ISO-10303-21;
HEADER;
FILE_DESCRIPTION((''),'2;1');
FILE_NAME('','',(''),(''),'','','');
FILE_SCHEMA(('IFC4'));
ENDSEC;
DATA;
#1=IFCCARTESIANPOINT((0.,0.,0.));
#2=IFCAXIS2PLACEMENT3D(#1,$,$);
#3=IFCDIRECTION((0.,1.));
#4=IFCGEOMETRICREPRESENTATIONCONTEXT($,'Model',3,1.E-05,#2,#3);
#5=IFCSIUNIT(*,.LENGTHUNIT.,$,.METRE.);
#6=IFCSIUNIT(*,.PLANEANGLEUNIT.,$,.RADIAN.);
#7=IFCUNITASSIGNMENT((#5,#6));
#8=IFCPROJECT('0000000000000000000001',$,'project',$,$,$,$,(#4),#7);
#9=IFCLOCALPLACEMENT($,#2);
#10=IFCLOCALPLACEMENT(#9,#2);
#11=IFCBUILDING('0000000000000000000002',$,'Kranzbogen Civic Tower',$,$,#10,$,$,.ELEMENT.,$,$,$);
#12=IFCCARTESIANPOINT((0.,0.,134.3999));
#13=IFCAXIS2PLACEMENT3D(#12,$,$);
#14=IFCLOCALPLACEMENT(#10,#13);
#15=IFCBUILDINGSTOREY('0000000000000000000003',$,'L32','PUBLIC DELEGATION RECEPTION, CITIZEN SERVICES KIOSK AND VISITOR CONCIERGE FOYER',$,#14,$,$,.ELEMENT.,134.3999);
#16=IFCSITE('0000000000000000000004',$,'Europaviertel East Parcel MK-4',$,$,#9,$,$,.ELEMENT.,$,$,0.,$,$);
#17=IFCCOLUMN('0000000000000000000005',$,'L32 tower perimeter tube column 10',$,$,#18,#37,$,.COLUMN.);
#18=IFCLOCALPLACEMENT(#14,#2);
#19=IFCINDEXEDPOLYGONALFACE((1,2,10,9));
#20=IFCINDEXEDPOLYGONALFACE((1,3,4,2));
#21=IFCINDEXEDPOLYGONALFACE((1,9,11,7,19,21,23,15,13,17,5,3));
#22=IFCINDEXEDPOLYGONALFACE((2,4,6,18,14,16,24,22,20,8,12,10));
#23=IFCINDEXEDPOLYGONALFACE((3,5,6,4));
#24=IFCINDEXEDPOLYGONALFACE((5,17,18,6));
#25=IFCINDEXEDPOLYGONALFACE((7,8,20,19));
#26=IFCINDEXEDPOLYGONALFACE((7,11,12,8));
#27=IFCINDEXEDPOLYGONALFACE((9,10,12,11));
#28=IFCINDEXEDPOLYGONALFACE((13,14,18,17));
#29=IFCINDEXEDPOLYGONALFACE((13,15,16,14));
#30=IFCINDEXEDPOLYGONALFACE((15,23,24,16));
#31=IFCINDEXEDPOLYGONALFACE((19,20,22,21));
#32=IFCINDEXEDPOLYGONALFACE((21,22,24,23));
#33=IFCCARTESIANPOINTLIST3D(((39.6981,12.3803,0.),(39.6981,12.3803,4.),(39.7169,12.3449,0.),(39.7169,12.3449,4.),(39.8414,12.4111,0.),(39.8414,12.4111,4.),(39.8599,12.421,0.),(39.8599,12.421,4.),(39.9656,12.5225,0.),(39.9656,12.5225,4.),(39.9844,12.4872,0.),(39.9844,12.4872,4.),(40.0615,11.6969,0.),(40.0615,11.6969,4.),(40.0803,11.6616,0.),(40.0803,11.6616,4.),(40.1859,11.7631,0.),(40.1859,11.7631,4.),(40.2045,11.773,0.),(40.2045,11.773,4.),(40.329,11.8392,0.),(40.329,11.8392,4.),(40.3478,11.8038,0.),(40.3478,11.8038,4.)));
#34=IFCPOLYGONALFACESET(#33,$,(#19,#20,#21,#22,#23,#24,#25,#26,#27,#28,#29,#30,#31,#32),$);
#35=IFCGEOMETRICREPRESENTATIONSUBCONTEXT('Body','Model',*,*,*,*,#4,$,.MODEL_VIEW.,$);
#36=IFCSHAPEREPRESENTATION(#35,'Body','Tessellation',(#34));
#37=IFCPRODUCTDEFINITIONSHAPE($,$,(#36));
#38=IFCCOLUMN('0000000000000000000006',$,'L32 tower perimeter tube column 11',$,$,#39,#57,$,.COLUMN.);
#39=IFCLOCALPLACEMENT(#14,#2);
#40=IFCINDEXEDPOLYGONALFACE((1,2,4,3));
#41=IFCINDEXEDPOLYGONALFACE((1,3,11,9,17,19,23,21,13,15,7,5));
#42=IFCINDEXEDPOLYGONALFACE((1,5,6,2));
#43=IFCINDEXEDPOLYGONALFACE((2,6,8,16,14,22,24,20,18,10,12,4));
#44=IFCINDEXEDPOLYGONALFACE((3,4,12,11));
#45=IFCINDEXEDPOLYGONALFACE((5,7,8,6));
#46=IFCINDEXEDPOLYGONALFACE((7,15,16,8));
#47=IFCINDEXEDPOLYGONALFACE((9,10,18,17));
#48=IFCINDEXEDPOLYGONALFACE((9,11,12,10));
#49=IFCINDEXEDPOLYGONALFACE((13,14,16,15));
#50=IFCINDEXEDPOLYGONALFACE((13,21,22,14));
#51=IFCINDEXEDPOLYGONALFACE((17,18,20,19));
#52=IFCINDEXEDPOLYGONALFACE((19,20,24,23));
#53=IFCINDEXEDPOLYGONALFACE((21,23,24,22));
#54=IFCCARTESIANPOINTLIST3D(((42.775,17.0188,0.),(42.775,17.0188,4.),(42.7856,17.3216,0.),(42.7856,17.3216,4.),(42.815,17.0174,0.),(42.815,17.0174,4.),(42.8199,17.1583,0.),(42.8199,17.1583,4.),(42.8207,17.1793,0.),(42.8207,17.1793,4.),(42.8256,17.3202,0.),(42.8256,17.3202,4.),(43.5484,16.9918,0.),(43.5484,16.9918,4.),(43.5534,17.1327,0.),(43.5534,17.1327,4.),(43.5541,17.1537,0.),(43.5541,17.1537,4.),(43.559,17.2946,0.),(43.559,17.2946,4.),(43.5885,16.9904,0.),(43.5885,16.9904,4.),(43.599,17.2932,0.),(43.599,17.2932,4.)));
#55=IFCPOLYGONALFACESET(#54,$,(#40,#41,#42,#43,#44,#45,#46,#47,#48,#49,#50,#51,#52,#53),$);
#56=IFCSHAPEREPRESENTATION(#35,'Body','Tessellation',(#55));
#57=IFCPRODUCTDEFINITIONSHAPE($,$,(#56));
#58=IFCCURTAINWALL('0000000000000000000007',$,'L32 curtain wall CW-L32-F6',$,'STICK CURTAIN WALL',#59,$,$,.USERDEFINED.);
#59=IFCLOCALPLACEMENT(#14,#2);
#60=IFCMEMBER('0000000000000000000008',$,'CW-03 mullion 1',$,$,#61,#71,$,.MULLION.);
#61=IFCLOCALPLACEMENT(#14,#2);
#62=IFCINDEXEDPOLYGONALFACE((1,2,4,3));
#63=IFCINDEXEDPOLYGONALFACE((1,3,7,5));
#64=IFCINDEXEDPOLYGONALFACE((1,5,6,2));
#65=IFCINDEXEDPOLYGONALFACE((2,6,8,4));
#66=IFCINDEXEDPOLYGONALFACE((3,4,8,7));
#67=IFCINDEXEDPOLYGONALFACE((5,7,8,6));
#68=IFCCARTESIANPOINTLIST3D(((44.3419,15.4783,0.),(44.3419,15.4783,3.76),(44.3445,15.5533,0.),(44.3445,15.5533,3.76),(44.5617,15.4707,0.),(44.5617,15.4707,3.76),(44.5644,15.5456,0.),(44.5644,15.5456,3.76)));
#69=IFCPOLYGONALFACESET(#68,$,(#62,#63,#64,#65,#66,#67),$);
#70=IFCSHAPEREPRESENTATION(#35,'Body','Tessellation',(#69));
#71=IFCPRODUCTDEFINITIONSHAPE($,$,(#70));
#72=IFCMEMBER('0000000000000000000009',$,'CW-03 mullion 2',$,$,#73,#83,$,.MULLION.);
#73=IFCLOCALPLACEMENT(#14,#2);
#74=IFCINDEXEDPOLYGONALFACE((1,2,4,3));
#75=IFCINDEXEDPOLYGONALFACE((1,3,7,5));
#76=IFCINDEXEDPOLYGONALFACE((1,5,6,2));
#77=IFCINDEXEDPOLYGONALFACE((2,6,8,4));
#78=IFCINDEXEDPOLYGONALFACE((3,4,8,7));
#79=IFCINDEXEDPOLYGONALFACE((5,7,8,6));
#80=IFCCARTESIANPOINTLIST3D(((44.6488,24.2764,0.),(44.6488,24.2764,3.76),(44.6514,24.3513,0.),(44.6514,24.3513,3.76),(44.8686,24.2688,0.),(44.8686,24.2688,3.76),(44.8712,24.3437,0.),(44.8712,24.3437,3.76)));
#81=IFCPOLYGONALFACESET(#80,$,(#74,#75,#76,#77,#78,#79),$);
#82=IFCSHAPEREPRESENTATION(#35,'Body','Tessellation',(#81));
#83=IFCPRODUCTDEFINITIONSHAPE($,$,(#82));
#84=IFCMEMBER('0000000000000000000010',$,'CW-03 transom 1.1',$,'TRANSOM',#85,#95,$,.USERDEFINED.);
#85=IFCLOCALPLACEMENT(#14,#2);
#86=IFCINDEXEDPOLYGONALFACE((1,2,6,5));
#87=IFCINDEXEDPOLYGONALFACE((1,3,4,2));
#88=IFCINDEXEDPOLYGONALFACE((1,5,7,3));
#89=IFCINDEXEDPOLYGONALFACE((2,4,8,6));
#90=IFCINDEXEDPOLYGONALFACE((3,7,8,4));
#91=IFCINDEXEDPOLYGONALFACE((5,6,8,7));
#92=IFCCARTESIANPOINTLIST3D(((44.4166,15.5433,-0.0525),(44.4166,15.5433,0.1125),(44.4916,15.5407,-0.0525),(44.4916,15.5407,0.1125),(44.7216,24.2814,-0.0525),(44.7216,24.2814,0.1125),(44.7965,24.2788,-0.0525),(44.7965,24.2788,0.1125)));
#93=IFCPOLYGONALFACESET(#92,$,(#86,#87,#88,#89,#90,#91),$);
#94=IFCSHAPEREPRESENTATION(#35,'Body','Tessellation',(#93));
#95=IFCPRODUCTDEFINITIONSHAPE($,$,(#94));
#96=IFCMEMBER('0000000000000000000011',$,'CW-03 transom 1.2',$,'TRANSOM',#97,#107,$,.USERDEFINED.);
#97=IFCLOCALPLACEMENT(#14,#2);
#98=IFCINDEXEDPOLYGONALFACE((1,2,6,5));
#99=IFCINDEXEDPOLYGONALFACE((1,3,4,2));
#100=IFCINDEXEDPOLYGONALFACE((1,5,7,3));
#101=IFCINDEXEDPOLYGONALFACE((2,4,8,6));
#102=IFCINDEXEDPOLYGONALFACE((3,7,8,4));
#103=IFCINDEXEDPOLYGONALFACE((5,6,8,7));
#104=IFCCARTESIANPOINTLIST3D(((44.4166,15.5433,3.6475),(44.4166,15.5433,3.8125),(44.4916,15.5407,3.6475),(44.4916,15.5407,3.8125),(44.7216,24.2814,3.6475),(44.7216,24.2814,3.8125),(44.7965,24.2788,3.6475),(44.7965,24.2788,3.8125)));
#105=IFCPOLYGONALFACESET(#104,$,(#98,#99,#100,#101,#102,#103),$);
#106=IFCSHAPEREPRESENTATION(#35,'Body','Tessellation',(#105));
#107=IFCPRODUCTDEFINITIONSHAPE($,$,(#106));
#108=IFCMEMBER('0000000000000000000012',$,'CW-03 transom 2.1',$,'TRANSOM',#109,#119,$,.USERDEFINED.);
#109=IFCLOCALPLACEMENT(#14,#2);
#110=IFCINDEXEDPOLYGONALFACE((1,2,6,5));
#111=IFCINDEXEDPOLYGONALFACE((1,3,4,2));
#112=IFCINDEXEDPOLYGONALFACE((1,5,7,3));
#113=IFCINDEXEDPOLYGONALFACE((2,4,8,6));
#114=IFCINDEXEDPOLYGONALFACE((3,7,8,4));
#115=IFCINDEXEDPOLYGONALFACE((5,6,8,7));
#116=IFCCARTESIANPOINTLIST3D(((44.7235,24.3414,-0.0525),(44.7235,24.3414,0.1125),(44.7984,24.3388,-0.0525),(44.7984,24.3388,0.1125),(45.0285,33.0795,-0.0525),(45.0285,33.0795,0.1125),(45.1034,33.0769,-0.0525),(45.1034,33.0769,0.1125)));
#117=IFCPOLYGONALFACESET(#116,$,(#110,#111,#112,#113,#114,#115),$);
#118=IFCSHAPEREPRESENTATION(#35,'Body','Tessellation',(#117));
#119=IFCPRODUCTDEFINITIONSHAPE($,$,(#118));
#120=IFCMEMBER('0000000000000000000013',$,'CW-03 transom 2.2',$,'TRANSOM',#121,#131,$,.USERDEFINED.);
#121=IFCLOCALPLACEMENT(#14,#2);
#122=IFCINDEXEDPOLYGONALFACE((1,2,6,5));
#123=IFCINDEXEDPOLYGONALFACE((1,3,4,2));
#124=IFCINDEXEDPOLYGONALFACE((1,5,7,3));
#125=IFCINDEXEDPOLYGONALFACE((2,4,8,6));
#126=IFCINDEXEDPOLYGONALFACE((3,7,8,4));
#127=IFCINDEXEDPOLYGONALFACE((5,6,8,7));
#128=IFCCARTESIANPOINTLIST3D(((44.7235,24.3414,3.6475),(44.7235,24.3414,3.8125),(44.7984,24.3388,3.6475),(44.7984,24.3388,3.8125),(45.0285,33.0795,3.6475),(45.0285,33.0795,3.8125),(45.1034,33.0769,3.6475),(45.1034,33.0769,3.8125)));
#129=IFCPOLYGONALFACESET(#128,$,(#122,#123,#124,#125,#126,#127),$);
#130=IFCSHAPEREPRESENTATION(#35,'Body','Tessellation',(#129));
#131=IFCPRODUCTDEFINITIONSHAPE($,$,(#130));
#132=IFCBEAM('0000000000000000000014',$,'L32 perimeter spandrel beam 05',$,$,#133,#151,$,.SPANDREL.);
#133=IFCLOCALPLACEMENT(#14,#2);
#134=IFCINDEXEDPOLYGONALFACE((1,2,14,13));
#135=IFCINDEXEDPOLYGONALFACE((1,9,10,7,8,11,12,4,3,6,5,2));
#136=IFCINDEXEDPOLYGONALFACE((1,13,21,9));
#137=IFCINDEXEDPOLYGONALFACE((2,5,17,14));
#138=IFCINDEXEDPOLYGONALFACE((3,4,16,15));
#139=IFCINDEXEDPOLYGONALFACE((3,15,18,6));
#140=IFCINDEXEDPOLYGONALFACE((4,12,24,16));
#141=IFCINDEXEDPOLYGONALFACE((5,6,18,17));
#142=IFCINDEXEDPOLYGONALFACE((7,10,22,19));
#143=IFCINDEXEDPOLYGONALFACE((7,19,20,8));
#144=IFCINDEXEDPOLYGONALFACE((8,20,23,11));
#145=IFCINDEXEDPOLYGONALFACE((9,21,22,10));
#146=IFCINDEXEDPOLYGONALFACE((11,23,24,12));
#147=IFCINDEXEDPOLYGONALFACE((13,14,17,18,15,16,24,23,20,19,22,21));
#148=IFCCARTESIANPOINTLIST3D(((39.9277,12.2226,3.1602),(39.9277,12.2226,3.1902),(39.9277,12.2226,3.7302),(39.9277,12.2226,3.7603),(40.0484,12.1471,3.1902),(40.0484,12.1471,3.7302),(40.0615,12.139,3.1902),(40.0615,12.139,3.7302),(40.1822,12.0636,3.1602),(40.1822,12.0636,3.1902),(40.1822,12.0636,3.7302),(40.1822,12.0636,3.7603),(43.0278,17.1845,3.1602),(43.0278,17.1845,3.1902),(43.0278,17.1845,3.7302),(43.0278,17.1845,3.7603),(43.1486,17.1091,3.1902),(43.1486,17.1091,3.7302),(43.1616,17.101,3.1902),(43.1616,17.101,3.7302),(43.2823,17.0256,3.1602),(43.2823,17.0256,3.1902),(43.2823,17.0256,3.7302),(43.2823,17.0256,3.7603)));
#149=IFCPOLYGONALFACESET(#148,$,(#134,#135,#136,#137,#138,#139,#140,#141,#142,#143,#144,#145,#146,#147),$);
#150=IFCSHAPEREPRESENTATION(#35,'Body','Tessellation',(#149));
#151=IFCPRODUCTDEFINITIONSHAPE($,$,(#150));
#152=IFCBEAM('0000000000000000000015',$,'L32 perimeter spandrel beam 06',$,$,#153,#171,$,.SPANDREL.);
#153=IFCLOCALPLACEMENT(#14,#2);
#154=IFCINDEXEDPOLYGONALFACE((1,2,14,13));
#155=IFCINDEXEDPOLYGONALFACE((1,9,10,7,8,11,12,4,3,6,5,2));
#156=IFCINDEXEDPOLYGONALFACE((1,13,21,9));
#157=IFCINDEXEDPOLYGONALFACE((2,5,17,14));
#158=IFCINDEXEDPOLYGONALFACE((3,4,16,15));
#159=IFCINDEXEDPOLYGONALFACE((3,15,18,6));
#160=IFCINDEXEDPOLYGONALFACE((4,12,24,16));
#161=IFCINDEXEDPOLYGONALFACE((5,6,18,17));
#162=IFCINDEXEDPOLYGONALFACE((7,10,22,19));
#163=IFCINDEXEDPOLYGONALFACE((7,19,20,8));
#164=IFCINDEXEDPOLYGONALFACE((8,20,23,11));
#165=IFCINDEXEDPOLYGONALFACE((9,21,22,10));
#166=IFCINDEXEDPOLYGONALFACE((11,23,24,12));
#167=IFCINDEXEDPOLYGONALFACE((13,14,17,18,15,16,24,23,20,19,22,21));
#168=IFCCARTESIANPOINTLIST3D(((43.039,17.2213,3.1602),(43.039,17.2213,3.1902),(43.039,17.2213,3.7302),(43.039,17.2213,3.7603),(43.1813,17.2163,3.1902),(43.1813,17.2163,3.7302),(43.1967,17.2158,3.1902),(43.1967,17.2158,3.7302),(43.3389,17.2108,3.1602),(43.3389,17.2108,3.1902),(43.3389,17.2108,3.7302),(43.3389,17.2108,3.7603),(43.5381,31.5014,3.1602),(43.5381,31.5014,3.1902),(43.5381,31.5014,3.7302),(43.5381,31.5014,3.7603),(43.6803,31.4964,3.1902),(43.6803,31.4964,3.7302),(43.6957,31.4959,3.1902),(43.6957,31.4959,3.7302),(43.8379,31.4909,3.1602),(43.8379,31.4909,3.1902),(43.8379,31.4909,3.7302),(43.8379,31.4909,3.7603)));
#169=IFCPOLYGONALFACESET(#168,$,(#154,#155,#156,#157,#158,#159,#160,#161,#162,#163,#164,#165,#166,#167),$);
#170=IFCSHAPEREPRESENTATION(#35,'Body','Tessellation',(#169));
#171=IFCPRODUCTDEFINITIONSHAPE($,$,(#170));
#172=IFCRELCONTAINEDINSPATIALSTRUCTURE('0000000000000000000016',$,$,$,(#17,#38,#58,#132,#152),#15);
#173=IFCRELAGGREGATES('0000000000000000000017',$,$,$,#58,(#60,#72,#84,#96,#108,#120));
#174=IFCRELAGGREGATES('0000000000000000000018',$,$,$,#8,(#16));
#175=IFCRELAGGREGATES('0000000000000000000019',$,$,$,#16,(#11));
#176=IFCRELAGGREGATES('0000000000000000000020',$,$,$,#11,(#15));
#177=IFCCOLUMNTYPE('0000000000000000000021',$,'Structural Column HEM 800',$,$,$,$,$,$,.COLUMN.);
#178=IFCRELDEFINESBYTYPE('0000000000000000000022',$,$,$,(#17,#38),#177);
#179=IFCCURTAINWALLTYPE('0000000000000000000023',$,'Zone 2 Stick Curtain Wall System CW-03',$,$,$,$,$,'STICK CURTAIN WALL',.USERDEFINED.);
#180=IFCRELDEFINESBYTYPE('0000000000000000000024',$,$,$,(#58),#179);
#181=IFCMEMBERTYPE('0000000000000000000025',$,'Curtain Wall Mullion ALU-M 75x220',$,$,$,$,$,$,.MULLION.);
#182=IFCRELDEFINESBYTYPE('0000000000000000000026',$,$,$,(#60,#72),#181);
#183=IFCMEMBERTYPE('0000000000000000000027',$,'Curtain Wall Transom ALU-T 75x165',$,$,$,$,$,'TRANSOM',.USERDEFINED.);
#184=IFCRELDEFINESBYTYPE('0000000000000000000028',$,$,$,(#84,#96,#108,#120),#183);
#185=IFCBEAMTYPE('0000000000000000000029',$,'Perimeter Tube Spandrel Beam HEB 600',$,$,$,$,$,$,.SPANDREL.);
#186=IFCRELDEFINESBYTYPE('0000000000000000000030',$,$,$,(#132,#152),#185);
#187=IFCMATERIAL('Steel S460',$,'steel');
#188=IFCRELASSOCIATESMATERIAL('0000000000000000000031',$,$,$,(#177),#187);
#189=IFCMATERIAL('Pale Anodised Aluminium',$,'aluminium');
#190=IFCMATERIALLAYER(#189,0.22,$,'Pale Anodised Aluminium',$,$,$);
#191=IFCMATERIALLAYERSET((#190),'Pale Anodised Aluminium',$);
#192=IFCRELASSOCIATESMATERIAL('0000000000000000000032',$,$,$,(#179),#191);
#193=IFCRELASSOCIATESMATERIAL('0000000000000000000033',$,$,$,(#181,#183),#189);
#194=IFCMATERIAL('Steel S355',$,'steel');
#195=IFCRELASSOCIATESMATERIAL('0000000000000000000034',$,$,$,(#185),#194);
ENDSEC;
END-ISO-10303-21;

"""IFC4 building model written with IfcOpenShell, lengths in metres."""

from ifc_helpers import new_model, si_unit, direction, frame, origin, origin_2d, place, context, subcontext, project, spatial, rectangle, i_section, extrude, material, layer, layer_set, material_profile, profile_set, type_object, element, aggregate, save


model = new_model("IFC4")

# Units and contexts
model_context = context("Model", 3, precision=1e-05, world=origin(), true_north=direction((0.0, 1.0)))
body_context = subcontext(model_context, "Body", "Model", "MODEL_VIEW")
ifc_project = project(units=[si_unit("LENGTHUNIT", "METRE"), si_unit("PLANEANGLEUNIT", "RADIAN")], contexts=[model_context])

# Site, building, storey
site_placement = place(None, origin())
site = spatial("IfcSite", under=ifc_project, at=site_placement, Name="Europaviertel East Parcel MK-4", CompositionType="ELEMENT", RefElevation=0.0)
building_placement = place(site_placement, origin())
building = spatial("IfcBuilding", under=site, at=building_placement, Name="Kranzbogen Civic Tower", CompositionType="ELEMENT")
storey_placement = place(building_placement, frame((0.0, 0.0, 134.3999)))
storey = spatial("IfcBuildingStorey", under=building, at=storey_placement, Name="L32", Description="PUBLIC DELEGATION RECEPTION, CITIZEN SERVICES KIOSK AND VISITOR CONCIERGE FOYER", CompositionType="ELEMENT", Elevation=134.3999)

# Columns
ifc_material_1 = material(Name="Steel S460", Category="steel")
ifc_material_profile_1 = material_profile(ifc_material_1, i_section(OverallWidth=0.303, OverallDepth=0.814, WebThickness=0.021, FlangeThickness=0.04, at=origin_2d()), Name="HEM 800")
ifc_profile_set_1 = profile_set([ifc_material_profile_1], Name="Steel S460")
column_type = type_object("IfcColumnType", Name="Structural Column HEM 800", PredefinedType="COLUMN", material=ifc_profile_set_1)
for number, where, z_axis, x_axis, name in (
    (1, (40.0229, 12.092, 0.0), (0.0, 0.0, 1.0), (0.882948, 0.469472, 0.0), "L32 tower perimeter tube column 10"),
    (2, (43.187, 17.156, 0.0), (0.0, 0.0, 1.0), (0.034899, 0.999391, 0.0), "L32 tower perimeter tube column 11"),
):
    element("IfcColumn", number, at=place(storey_placement, frame(where, z_axis=z_axis, x_axis=x_axis)), inside=storey, type_object=column_type, Name=name, PredefinedType="COLUMN", context=body_context, shape_type="SweptSolid", body=[
        extrude(i_section(OverallWidth=0.303, OverallDepth=0.814, WebThickness=0.021, FlangeThickness=0.04, at=origin_2d()), origin(), (0.0, 0.0, 1.0), 4.0),
    ])

# Curtain wall, members
ifc_material_2 = material(Name="Pale Anodised Aluminium", Category="aluminium")
ifc_layer_1 = layer(ifc_material_2, 0.22, Name="Pale Anodised Aluminium")
ifc_layer_set_1 = layer_set([ifc_layer_1], Name="Pale Anodised Aluminium")
curtain_wall_type = type_object("IfcCurtainWallType", Name="Zone 2 Stick Curtain Wall System CW-03", ElementType="STICK CURTAIN WALL", PredefinedType="USERDEFINED", material=ifc_layer_set_1)
curtain_wall_placement = place(storey_placement, origin())
curtain_wall = element("IfcCurtainWall", 3, at=curtain_wall_placement, inside=storey, type_object=curtain_wall_type, Name="L32 curtain wall CW-L32-F6", ObjectType="STICK CURTAIN WALL", PredefinedType="USERDEFINED")
ifc_material_profile_2 = material_profile(ifc_material_2, rectangle(XDim=0.075, YDim=0.22, at=origin_2d()), Name="ALU-M 75x220")
ifc_profile_set_2 = profile_set([ifc_material_profile_2], Name="Pale Anodised Aluminium")
member_type_1 = type_object("IfcMemberType", Name="Curtain Wall Mullion ALU-M 75x220", PredefinedType="MULLION", material=ifc_profile_set_2)
member_1_placement = place(storey_placement, frame((44.4531, 15.512, 0.0), z_axis=(0.0, 0.0, 1.0), x_axis=(0.034868, 0.999392, 0.0)))
member_1 = element("IfcMember", 4, at=member_1_placement, type_object=member_type_1, Name="CW-03 mullion 1", PredefinedType="MULLION", context=body_context, shape_type="SweptSolid", body=[
    extrude(rectangle(XDim=0.075, YDim=0.22, at=origin_2d()), origin(), (0.0, 0.0, 1.0), 3.76),
])
member_2_placement = place(storey_placement, frame((44.76, 24.3101, 0.0), z_axis=(0.0, 0.0, 1.0), x_axis=(0.034868, 0.999392, 0.0)))
member_2 = element("IfcMember", 5, at=member_2_placement, type_object=member_type_1, Name="CW-03 mullion 2", PredefinedType="MULLION", context=body_context, shape_type="SweptSolid", body=[
    extrude(rectangle(XDim=0.075, YDim=0.22, at=origin_2d()), origin(), (0.0, 0.0, 1.0), 3.76),
])
ifc_material_profile_3 = material_profile(ifc_material_2, rectangle(XDim=0.075, YDim=0.165, at=origin_2d()), Name="ALU-T 75x165")
ifc_profile_set_3 = profile_set([ifc_material_profile_3], Name="Pale Anodised Aluminium")
member_type_2 = type_object("IfcMemberType", Name="Curtain Wall Transom ALU-T 75x165", ElementType="TRANSOM", PredefinedType="USERDEFINED", material=ifc_profile_set_3)
member_3_placement = place(storey_placement, frame((44.4541, 15.542, 0.03), z_axis=(0.034876, 0.999392, 0.0), x_axis=(-0.999392, 0.034876, 0.0)))
member_3 = element("IfcMember", 6, at=member_3_placement, type_object=member_type_2, Name="CW-03 transom 1.1", ObjectType="TRANSOM", PredefinedType="USERDEFINED", context=body_context, shape_type="SweptSolid", body=[
    extrude(rectangle(XDim=0.075, YDim=0.165, at=origin_2d()), origin(), (0.0, 0.0, 1.0), 8.7434),
])
member_4_placement = place(storey_placement, frame((44.4541, 15.542, 3.73), z_axis=(0.034876, 0.999392, 0.0), x_axis=(-0.999392, 0.034876, 0.0)))
member_4 = element("IfcMember", 7, at=member_4_placement, type_object=member_type_2, Name="CW-03 transom 1.2", ObjectType="TRANSOM", PredefinedType="USERDEFINED", context=body_context, shape_type="SweptSolid", body=[
    extrude(rectangle(XDim=0.075, YDim=0.165, at=origin_2d()), origin(), (0.0, 0.0, 1.0), 8.7434),
])
member_5_placement = place(storey_placement, frame((44.761, 24.3401, 0.03), z_axis=(0.034876, 0.999392, 0.0), x_axis=(-0.999392, 0.034876, 0.0)))
member_5 = element("IfcMember", 8, at=member_5_placement, type_object=member_type_2, Name="CW-03 transom 2.1", ObjectType="TRANSOM", PredefinedType="USERDEFINED", context=body_context, shape_type="SweptSolid", body=[
    extrude(rectangle(XDim=0.075, YDim=0.165, at=origin_2d()), origin(), (0.0, 0.0, 1.0), 8.7434),
])
member_6_placement = place(storey_placement, frame((44.761, 24.3401, 3.73), z_axis=(0.034876, 0.999392, 0.0), x_axis=(-0.999392, 0.034876, 0.0)))
member_6 = element("IfcMember", 9, at=member_6_placement, type_object=member_type_2, Name="CW-03 transom 2.2", ObjectType="TRANSOM", PredefinedType="USERDEFINED", context=body_context, shape_type="SweptSolid", body=[
    extrude(rectangle(XDim=0.075, YDim=0.165, at=origin_2d()), origin(), (0.0, 0.0, 1.0), 8.7434),
])

# Beams
ifc_material_3 = material(Name="Steel S355", Category="steel")
ifc_material_profile_4 = material_profile(ifc_material_3, i_section(OverallWidth=0.3, OverallDepth=0.6001, WebThickness=0.0154, FlangeThickness=0.03, at=origin_2d()), Name="HEB 600")
ifc_profile_set_4 = profile_set([ifc_material_profile_4], Name="Steel S355")
beam_type_1 = type_object("IfcBeamType", Name="Perimeter Tube Spandrel Beam HEB 600", PredefinedType="SPANDREL", material=ifc_profile_set_4)
beam_1_placement = place(storey_placement, frame((40.0549, 12.1431, 3.4602), z_axis=(0.529864, 0.848083, 0.0), x_axis=(-0.848083, 0.529864, 0.0)))
element("IfcBeam", 10, at=beam_1_placement, inside=storey, type_object=beam_type_1, Name="L32 perimeter spandrel beam 05", PredefinedType="SPANDREL", context=body_context, shape_type="SweptSolid", body=[
    extrude(i_section(OverallWidth=0.3, OverallDepth=0.6001, WebThickness=0.0154, FlangeThickness=0.03, at=origin_2d()), origin(), (0.0, 0.0, 1.0), 5.8508),
])
beam_2_placement = place(storey_placement, frame((43.189, 17.2161, 3.4602), z_axis=(0.034924, 0.99939, 0.0), x_axis=(-0.99939, 0.034924, 0.0)))
element("IfcBeam", 11, at=beam_2_placement, inside=storey, type_object=beam_type_1, Name="L32 perimeter spandrel beam 06", PredefinedType="SPANDREL", context=body_context, shape_type="SweptSolid", body=[
    extrude(i_section(OverallWidth=0.3, OverallDepth=0.6001, WebThickness=0.0154, FlangeThickness=0.03, at=origin_2d()), origin(), (0.0, 0.0, 1.0), 14.2888),
])

aggregate(curtain_wall, [member_1, member_2, member_3, member_4, member_5, member_6])

save(model, "model.ifc")
